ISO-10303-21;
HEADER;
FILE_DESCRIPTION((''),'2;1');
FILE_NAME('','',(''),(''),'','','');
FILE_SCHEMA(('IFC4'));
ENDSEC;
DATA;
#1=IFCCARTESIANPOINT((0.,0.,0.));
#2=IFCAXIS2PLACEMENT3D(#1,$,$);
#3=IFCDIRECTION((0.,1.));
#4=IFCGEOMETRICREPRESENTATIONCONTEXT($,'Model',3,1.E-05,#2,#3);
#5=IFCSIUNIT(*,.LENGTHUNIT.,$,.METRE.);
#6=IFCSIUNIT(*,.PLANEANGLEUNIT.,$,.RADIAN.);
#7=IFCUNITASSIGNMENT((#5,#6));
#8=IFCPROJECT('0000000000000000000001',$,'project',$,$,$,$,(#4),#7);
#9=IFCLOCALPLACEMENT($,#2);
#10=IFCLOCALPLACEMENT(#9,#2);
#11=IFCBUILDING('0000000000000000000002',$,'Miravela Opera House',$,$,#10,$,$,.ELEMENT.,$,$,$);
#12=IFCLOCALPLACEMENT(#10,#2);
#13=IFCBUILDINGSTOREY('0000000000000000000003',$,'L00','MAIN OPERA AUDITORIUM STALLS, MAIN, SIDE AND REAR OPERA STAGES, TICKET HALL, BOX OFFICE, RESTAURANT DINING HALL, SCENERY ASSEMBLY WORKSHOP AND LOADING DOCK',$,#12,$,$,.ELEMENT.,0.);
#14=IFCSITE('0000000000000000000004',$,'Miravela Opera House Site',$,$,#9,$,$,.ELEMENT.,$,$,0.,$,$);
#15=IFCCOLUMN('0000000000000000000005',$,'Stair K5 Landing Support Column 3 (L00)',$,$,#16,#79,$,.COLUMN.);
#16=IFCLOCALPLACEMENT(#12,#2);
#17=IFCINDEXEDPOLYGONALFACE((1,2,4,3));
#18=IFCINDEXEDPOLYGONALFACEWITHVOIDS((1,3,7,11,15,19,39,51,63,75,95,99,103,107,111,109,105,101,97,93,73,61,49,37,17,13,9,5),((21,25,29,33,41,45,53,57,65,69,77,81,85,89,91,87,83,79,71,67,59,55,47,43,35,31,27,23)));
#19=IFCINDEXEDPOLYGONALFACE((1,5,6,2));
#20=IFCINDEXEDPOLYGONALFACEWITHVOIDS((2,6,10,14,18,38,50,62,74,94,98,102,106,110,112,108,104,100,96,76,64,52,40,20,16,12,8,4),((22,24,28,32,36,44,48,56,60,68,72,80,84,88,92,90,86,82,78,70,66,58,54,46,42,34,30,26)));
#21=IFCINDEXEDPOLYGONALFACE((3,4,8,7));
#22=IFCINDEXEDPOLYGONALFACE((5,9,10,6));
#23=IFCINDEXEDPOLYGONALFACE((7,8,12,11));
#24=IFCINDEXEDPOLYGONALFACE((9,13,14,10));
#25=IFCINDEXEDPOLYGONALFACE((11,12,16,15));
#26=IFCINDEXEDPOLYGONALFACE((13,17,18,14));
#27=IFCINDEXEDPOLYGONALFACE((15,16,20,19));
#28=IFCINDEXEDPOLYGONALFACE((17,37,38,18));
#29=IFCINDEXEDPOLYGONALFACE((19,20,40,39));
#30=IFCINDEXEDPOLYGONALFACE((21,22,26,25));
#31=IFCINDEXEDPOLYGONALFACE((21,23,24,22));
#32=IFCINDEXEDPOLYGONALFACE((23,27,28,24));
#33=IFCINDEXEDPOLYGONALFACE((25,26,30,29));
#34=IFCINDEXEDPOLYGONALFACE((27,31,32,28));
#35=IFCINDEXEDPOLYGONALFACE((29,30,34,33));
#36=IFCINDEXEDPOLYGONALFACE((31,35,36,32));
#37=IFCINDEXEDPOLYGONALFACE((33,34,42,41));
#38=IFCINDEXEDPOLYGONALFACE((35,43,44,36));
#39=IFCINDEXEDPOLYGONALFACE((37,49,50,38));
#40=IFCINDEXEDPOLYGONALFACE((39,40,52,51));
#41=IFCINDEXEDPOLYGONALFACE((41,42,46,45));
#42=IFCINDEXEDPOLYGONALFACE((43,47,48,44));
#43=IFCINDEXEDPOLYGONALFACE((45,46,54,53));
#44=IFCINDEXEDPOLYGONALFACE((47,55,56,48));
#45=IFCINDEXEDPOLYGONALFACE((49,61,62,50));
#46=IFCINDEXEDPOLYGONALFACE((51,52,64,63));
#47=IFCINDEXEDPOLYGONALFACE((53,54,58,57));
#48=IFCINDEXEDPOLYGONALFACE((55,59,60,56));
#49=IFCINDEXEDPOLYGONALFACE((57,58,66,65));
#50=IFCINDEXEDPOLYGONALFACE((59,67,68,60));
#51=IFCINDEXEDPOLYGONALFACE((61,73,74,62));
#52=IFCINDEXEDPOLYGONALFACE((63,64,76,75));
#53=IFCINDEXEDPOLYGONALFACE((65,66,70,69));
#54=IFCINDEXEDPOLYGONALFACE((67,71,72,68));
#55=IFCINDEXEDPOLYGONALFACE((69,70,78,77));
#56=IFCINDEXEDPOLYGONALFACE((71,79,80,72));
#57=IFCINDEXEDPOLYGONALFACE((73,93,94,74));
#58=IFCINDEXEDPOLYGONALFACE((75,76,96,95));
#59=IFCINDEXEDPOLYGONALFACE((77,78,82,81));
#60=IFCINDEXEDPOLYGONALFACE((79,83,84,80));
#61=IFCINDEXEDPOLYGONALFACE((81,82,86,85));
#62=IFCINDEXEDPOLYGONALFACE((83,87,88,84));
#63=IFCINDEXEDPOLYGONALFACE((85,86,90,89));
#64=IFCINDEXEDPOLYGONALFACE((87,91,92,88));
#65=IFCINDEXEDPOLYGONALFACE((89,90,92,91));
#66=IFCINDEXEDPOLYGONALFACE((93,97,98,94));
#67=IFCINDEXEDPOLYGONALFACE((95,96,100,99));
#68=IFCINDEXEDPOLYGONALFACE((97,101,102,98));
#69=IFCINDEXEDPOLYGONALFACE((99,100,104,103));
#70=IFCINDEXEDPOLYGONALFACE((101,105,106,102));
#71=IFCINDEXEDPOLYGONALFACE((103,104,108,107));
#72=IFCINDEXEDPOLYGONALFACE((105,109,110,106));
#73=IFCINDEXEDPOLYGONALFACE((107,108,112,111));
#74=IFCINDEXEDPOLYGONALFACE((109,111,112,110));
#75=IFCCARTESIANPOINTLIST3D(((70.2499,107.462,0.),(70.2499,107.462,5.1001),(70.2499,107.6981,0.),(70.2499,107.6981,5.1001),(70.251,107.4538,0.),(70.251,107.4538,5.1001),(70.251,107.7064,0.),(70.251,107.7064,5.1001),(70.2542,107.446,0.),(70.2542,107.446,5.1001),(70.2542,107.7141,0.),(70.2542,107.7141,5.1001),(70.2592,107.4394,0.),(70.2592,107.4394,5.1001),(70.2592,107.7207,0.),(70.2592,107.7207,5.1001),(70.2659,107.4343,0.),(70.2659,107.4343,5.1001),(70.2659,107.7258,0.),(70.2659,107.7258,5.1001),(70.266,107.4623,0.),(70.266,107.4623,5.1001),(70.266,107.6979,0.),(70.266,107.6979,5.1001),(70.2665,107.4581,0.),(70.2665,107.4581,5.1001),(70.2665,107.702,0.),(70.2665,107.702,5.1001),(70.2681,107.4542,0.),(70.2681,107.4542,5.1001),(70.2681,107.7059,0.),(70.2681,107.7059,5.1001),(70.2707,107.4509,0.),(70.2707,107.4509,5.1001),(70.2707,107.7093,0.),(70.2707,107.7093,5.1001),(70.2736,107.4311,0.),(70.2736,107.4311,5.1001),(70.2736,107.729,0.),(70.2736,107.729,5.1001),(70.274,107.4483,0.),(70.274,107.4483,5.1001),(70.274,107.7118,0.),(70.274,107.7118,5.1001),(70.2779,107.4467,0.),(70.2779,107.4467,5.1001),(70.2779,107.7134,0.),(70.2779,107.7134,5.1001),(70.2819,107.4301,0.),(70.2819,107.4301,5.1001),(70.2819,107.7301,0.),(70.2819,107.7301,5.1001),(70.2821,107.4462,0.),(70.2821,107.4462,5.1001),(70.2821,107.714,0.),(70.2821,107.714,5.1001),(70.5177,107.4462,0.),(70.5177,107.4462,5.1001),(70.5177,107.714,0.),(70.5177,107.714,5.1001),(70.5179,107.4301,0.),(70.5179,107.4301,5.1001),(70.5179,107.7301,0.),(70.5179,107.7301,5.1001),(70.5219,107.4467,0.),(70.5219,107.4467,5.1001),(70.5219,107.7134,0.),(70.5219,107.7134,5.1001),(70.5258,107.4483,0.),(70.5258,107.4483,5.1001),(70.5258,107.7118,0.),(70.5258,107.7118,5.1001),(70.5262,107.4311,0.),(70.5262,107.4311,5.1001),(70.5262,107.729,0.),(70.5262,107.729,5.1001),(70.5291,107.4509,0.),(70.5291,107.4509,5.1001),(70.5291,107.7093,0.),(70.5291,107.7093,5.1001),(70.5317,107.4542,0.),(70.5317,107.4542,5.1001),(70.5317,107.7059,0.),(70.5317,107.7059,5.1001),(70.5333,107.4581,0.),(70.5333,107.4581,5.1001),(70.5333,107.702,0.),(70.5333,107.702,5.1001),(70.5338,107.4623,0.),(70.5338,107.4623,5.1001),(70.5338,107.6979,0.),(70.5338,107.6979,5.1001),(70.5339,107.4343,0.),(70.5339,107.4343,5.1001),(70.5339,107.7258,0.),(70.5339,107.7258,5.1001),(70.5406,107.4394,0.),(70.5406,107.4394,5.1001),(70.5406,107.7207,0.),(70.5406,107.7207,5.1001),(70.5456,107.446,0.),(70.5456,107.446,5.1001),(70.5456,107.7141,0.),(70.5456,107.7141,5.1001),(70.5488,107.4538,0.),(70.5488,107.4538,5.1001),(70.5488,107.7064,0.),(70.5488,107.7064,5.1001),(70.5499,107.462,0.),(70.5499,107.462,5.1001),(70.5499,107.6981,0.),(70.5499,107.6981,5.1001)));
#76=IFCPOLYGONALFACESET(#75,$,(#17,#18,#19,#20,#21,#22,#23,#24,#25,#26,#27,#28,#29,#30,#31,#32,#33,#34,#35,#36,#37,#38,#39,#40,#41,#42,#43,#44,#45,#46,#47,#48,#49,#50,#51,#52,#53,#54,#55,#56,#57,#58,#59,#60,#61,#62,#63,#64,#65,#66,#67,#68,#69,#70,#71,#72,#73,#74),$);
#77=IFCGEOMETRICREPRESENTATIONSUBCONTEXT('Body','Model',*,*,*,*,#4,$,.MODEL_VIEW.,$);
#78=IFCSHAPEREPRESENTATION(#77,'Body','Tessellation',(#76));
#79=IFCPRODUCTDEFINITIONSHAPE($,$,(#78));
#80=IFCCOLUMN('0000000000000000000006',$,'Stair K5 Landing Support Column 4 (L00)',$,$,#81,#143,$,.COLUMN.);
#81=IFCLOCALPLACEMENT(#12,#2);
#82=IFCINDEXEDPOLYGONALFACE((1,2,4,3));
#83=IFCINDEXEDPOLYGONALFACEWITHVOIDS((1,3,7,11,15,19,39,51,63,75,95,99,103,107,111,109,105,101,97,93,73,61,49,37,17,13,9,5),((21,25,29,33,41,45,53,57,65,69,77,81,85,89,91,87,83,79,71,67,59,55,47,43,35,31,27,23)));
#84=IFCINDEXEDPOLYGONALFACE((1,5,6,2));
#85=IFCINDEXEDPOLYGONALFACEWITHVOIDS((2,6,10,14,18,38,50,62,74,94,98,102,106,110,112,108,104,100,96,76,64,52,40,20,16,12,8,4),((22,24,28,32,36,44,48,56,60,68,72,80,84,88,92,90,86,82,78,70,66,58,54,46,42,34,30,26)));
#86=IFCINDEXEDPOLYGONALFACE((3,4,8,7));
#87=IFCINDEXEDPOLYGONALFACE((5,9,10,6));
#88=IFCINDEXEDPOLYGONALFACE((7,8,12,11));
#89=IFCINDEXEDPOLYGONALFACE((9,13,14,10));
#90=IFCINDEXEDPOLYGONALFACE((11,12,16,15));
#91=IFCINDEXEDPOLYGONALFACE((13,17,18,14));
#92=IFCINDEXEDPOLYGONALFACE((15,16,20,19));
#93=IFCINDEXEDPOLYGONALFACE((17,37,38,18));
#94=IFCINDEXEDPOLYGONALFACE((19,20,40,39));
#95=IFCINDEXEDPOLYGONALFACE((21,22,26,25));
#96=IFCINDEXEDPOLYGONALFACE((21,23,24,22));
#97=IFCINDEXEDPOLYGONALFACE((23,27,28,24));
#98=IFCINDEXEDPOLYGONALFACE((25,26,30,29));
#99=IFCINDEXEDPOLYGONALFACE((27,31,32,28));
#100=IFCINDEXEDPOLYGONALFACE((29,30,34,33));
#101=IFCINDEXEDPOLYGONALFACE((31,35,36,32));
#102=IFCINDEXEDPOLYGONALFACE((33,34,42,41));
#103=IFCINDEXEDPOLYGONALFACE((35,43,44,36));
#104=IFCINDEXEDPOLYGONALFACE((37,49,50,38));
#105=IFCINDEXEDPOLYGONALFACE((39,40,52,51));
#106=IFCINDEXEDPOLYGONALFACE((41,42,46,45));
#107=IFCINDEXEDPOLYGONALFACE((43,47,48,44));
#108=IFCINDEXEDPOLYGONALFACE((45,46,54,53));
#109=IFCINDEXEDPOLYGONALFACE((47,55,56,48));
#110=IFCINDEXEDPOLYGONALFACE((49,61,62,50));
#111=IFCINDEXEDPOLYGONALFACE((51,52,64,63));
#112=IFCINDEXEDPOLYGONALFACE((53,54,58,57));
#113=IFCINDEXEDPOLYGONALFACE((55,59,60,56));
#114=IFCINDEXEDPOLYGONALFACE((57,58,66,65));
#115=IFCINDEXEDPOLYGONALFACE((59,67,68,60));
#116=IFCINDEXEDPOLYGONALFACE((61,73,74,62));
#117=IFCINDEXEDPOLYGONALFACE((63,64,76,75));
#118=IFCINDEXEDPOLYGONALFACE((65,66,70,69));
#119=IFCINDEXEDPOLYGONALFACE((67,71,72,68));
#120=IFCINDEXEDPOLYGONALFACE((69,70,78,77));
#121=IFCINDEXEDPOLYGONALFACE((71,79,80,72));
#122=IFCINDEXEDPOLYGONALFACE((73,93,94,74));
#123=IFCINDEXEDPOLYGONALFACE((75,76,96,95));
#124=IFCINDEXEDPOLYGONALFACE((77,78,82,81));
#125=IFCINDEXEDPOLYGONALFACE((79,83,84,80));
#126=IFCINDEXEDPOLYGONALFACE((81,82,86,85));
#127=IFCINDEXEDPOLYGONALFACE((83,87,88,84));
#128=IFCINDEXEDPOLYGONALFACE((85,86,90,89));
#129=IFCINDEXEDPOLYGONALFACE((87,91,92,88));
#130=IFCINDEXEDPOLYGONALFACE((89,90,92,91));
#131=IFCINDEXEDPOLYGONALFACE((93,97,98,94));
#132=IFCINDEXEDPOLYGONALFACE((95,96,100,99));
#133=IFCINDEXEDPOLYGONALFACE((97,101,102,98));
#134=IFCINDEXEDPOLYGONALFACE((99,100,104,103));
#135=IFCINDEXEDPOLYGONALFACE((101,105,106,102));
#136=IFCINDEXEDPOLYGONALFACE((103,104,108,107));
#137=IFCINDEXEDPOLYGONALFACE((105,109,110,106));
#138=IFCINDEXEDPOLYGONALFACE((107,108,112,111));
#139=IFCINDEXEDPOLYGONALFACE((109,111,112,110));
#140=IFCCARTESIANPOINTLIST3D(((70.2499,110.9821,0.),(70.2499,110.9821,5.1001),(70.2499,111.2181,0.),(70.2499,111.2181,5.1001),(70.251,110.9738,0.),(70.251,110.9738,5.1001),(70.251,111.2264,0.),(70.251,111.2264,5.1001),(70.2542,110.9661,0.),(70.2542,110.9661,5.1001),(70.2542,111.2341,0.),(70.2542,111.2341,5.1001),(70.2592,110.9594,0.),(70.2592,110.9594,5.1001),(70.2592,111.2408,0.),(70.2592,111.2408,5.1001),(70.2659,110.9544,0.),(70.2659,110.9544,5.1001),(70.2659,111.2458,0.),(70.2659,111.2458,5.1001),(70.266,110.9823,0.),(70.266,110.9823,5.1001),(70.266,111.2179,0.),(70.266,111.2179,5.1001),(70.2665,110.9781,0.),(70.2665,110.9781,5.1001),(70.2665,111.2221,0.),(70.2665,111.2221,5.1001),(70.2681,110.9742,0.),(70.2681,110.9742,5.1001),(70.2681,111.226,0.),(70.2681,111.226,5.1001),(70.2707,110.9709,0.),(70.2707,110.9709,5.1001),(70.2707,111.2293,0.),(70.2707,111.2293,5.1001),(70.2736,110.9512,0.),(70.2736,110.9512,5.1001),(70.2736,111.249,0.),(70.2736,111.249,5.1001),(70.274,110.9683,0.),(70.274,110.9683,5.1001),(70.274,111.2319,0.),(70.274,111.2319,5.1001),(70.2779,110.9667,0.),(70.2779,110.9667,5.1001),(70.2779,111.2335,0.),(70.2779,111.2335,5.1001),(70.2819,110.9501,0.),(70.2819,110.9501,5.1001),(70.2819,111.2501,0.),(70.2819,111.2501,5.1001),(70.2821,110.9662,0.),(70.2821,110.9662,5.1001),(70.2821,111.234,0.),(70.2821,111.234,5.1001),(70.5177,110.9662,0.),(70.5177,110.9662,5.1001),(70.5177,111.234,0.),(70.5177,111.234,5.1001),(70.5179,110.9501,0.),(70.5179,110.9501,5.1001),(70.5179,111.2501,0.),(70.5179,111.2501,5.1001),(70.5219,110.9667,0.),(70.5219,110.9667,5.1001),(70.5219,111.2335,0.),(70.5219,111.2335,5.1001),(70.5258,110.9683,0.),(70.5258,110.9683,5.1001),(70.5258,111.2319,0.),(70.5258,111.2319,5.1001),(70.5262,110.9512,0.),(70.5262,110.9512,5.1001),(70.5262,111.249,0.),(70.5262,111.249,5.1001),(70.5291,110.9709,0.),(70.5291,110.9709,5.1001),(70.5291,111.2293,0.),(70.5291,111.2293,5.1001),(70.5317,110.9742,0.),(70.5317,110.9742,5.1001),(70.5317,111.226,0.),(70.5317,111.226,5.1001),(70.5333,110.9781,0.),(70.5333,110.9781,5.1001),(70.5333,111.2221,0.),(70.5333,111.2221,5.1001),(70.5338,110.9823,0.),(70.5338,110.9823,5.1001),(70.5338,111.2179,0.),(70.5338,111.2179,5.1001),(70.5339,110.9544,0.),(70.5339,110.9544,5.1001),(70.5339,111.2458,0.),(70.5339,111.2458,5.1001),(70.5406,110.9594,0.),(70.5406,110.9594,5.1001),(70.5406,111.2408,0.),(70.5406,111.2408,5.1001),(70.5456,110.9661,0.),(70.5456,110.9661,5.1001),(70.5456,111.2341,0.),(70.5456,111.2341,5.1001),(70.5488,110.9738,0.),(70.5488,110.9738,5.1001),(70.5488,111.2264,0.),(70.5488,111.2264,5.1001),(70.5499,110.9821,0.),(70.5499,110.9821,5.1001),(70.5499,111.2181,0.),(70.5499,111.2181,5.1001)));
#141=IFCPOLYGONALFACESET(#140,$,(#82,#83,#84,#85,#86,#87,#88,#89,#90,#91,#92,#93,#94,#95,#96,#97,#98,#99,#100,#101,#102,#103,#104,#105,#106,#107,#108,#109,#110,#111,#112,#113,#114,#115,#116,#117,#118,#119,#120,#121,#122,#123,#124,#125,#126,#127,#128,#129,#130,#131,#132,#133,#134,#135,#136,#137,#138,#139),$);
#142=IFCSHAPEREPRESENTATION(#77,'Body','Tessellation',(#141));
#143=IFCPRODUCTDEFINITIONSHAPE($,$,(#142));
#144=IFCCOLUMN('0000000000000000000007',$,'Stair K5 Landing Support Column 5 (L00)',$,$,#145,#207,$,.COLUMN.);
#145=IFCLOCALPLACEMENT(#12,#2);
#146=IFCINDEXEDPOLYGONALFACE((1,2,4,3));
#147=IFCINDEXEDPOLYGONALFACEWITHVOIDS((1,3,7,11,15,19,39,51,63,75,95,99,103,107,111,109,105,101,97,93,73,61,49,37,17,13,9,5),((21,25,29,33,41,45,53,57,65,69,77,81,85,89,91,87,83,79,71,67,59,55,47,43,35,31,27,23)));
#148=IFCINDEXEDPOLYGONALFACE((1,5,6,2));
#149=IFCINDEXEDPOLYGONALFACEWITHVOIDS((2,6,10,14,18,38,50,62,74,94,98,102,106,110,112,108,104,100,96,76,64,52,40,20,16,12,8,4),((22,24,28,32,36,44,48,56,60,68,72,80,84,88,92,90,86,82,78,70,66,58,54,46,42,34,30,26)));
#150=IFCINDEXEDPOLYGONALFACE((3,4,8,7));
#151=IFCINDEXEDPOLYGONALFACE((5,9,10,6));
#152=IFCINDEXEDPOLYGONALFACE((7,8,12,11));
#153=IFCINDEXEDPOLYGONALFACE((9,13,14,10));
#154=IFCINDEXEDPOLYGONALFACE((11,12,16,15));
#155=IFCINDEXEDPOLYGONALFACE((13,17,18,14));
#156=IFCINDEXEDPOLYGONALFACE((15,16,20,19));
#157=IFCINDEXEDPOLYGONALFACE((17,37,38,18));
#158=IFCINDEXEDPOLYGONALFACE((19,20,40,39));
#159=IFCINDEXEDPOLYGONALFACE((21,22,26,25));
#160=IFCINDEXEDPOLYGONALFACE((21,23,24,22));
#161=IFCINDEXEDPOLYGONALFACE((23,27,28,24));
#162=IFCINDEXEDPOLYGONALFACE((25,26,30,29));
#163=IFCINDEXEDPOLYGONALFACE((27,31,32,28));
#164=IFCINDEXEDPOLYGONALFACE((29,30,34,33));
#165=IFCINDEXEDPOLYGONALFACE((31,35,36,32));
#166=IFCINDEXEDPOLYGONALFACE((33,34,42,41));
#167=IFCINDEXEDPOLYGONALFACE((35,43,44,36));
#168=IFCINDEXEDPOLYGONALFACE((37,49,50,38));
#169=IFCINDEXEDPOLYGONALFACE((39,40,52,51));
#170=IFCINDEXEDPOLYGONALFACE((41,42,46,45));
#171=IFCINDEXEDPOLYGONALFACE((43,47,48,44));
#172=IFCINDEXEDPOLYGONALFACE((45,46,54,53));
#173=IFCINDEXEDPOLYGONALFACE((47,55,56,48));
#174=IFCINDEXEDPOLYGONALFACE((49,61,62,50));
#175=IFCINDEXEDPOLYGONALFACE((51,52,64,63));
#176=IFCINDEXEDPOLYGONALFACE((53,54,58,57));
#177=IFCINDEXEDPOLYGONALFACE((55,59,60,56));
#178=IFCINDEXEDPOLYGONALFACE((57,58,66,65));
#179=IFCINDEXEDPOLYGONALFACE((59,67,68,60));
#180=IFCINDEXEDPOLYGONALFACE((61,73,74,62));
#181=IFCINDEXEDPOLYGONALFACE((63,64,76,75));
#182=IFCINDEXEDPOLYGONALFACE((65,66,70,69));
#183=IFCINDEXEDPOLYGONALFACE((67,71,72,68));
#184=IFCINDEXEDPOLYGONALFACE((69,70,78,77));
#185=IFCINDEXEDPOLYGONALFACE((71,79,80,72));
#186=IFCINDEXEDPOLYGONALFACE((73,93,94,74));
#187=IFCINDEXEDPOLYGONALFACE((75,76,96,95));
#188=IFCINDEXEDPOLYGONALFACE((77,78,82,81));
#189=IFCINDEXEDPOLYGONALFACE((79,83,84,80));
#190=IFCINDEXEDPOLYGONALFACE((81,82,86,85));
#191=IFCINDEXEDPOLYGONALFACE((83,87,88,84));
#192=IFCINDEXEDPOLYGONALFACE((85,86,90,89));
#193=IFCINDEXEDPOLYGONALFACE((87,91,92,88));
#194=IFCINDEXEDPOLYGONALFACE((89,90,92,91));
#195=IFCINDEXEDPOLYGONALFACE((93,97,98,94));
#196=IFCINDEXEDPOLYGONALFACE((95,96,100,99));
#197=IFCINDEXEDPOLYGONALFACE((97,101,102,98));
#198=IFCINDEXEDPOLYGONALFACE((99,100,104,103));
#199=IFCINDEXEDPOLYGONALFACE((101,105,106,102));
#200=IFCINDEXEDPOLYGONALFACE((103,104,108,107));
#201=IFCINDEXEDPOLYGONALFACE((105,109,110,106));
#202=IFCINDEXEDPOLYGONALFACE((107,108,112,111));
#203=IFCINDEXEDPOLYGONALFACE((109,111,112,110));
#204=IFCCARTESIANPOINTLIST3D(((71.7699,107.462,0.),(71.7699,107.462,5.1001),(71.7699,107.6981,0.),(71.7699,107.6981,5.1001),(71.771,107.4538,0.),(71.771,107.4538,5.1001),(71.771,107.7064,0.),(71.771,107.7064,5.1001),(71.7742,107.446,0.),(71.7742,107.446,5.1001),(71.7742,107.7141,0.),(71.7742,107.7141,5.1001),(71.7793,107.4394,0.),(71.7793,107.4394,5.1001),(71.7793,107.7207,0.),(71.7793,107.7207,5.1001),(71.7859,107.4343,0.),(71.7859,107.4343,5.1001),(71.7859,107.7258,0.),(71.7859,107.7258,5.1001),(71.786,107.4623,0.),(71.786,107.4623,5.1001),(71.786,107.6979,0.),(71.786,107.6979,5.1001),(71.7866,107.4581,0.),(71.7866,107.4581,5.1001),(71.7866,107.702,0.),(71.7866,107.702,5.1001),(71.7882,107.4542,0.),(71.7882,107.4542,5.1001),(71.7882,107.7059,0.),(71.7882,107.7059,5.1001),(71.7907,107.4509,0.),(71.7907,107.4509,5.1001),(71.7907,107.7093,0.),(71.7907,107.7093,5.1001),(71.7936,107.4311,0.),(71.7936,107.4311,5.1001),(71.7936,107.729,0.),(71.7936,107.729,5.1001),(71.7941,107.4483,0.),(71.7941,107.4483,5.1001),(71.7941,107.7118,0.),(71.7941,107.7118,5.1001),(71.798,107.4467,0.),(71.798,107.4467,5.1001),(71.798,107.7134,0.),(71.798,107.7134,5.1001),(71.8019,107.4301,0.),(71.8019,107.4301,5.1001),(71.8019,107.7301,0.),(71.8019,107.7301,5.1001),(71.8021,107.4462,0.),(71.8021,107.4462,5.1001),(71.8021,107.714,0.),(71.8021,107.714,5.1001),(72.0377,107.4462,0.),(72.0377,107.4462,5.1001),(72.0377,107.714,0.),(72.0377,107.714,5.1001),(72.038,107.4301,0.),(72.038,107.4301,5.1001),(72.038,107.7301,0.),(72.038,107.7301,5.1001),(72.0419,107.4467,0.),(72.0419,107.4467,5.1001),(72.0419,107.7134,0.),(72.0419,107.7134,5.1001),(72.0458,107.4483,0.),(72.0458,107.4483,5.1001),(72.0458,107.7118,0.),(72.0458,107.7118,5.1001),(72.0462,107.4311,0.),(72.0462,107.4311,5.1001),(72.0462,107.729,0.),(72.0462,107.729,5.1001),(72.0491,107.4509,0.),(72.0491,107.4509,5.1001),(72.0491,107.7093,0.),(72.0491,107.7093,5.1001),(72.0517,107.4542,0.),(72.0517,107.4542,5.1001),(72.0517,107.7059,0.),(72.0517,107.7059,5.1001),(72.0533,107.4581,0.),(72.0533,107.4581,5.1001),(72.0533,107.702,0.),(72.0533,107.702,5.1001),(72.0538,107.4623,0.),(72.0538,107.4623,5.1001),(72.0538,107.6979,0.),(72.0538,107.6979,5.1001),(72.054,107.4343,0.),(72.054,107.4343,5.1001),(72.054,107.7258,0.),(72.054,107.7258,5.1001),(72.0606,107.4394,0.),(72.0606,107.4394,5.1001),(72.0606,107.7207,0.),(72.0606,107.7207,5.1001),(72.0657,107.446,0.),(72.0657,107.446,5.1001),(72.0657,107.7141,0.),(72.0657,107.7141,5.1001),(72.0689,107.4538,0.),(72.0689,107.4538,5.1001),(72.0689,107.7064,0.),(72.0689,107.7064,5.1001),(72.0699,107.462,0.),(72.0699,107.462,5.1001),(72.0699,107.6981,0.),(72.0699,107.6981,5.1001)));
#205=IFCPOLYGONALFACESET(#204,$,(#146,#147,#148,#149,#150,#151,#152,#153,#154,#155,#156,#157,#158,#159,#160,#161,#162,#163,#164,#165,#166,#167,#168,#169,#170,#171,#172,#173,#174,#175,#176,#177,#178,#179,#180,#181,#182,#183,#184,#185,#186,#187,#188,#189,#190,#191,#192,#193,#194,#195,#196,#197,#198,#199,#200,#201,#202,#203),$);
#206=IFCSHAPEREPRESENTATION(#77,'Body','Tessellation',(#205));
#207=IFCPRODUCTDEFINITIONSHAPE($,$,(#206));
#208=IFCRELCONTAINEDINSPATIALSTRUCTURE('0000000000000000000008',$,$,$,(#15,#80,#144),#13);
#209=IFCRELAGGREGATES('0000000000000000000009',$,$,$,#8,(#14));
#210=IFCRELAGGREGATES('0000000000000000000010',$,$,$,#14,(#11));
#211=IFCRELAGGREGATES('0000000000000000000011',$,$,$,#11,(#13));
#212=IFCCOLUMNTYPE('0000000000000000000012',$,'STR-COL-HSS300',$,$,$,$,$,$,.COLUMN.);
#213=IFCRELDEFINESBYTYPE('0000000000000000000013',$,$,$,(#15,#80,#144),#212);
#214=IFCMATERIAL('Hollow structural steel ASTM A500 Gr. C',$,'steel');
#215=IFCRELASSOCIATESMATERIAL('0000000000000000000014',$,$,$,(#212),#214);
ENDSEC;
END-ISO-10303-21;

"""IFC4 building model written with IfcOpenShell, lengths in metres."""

from ifc_helpers import new_model, si_unit, direction, frame, origin, origin_2d, place, context, subcontext, project, spatial, hollow_rectangle, extrude, material, material_profile, profile_set, type_object, element, save


model = new_model("IFC4")

# Units and contexts
model_context = context("Model", 3, precision=1e-05, world=origin(), true_north=direction((0.0, 1.0)))
body_context = subcontext(model_context, "Body", "Model", "MODEL_VIEW")
ifc_project = project(units=[si_unit("LENGTHUNIT", "METRE"), si_unit("PLANEANGLEUNIT", "RADIAN")], contexts=[model_context])

# Site, building, storey
site_placement = place(None, origin())
site = spatial("IfcSite", under=ifc_project, at=site_placement, Name="Miravela Opera House Site", CompositionType="ELEMENT", RefElevation=0.0)
building_placement = place(site_placement, origin())
building = spatial("IfcBuilding", under=site, at=building_placement, Name="Miravela Opera House", CompositionType="ELEMENT")
storey_placement = place(building_placement, origin())
storey = spatial("IfcBuildingStorey", under=building, at=storey_placement, Name="L00", Description="MAIN OPERA AUDITORIUM STALLS, MAIN, SIDE AND REAR OPERA STAGES, TICKET HALL, BOX OFFICE, RESTAURANT DINING HALL, SCENERY ASSEMBLY WORKSHOP AND LOADING DOCK", CompositionType="ELEMENT", Elevation=0.0)

# Columns
ifc_material_1 = material(Name="Hollow structural steel ASTM A500 Gr. C", Category="steel")
ifc_material_profile_1 = material_profile(ifc_material_1, hollow_rectangle(XDim=0.3, YDim=0.3, WallThickness=0.0161, InnerFilletRadius=0.0161, OuterFilletRadius=0.032, at=origin_2d()), Name="HSS300X300X16")
ifc_profile_set_1 = profile_set([ifc_material_profile_1])
column_type_1 = type_object("IfcColumnType", Name="STR-COL-HSS300", PredefinedType="COLUMN", material=ifc_profile_set_1)
for number, where, z_axis, x_axis, name in (
    (1, (70.3999, 107.5801, 0.0), (0.0, 0.0, 1.0), (1.0, 0.0, 0.0), "Stair K5 Landing Support Column 3 (L00)"),
    (2, (70.3999, 111.1001, 0.0), (0.0, 0.0, 1.0), (1.0, 0.0, 0.0), "Stair K5 Landing Support Column 4 (L00)"),
    (3, (71.9199, 107.5801, 0.0), (0.0, 0.0, 1.0), (1.0, 0.0, 0.0), "Stair K5 Landing Support Column 5 (L00)"),
):
    element("IfcColumn", number, at=place(storey_placement, frame(where, z_axis=z_axis, x_axis=x_axis)), inside=storey, type_object=column_type_1, Name=name, PredefinedType="COLUMN", context=body_context, shape_type="SweptSolid", body=[
        extrude(hollow_rectangle(XDim=0.3, YDim=0.3, WallThickness=0.0161, InnerFilletRadius=0.0161, OuterFilletRadius=0.032, at=origin_2d()), origin(), (0.0, 0.0, 1.0), 5.1001),
    ])

save(model, "model.ifc")
